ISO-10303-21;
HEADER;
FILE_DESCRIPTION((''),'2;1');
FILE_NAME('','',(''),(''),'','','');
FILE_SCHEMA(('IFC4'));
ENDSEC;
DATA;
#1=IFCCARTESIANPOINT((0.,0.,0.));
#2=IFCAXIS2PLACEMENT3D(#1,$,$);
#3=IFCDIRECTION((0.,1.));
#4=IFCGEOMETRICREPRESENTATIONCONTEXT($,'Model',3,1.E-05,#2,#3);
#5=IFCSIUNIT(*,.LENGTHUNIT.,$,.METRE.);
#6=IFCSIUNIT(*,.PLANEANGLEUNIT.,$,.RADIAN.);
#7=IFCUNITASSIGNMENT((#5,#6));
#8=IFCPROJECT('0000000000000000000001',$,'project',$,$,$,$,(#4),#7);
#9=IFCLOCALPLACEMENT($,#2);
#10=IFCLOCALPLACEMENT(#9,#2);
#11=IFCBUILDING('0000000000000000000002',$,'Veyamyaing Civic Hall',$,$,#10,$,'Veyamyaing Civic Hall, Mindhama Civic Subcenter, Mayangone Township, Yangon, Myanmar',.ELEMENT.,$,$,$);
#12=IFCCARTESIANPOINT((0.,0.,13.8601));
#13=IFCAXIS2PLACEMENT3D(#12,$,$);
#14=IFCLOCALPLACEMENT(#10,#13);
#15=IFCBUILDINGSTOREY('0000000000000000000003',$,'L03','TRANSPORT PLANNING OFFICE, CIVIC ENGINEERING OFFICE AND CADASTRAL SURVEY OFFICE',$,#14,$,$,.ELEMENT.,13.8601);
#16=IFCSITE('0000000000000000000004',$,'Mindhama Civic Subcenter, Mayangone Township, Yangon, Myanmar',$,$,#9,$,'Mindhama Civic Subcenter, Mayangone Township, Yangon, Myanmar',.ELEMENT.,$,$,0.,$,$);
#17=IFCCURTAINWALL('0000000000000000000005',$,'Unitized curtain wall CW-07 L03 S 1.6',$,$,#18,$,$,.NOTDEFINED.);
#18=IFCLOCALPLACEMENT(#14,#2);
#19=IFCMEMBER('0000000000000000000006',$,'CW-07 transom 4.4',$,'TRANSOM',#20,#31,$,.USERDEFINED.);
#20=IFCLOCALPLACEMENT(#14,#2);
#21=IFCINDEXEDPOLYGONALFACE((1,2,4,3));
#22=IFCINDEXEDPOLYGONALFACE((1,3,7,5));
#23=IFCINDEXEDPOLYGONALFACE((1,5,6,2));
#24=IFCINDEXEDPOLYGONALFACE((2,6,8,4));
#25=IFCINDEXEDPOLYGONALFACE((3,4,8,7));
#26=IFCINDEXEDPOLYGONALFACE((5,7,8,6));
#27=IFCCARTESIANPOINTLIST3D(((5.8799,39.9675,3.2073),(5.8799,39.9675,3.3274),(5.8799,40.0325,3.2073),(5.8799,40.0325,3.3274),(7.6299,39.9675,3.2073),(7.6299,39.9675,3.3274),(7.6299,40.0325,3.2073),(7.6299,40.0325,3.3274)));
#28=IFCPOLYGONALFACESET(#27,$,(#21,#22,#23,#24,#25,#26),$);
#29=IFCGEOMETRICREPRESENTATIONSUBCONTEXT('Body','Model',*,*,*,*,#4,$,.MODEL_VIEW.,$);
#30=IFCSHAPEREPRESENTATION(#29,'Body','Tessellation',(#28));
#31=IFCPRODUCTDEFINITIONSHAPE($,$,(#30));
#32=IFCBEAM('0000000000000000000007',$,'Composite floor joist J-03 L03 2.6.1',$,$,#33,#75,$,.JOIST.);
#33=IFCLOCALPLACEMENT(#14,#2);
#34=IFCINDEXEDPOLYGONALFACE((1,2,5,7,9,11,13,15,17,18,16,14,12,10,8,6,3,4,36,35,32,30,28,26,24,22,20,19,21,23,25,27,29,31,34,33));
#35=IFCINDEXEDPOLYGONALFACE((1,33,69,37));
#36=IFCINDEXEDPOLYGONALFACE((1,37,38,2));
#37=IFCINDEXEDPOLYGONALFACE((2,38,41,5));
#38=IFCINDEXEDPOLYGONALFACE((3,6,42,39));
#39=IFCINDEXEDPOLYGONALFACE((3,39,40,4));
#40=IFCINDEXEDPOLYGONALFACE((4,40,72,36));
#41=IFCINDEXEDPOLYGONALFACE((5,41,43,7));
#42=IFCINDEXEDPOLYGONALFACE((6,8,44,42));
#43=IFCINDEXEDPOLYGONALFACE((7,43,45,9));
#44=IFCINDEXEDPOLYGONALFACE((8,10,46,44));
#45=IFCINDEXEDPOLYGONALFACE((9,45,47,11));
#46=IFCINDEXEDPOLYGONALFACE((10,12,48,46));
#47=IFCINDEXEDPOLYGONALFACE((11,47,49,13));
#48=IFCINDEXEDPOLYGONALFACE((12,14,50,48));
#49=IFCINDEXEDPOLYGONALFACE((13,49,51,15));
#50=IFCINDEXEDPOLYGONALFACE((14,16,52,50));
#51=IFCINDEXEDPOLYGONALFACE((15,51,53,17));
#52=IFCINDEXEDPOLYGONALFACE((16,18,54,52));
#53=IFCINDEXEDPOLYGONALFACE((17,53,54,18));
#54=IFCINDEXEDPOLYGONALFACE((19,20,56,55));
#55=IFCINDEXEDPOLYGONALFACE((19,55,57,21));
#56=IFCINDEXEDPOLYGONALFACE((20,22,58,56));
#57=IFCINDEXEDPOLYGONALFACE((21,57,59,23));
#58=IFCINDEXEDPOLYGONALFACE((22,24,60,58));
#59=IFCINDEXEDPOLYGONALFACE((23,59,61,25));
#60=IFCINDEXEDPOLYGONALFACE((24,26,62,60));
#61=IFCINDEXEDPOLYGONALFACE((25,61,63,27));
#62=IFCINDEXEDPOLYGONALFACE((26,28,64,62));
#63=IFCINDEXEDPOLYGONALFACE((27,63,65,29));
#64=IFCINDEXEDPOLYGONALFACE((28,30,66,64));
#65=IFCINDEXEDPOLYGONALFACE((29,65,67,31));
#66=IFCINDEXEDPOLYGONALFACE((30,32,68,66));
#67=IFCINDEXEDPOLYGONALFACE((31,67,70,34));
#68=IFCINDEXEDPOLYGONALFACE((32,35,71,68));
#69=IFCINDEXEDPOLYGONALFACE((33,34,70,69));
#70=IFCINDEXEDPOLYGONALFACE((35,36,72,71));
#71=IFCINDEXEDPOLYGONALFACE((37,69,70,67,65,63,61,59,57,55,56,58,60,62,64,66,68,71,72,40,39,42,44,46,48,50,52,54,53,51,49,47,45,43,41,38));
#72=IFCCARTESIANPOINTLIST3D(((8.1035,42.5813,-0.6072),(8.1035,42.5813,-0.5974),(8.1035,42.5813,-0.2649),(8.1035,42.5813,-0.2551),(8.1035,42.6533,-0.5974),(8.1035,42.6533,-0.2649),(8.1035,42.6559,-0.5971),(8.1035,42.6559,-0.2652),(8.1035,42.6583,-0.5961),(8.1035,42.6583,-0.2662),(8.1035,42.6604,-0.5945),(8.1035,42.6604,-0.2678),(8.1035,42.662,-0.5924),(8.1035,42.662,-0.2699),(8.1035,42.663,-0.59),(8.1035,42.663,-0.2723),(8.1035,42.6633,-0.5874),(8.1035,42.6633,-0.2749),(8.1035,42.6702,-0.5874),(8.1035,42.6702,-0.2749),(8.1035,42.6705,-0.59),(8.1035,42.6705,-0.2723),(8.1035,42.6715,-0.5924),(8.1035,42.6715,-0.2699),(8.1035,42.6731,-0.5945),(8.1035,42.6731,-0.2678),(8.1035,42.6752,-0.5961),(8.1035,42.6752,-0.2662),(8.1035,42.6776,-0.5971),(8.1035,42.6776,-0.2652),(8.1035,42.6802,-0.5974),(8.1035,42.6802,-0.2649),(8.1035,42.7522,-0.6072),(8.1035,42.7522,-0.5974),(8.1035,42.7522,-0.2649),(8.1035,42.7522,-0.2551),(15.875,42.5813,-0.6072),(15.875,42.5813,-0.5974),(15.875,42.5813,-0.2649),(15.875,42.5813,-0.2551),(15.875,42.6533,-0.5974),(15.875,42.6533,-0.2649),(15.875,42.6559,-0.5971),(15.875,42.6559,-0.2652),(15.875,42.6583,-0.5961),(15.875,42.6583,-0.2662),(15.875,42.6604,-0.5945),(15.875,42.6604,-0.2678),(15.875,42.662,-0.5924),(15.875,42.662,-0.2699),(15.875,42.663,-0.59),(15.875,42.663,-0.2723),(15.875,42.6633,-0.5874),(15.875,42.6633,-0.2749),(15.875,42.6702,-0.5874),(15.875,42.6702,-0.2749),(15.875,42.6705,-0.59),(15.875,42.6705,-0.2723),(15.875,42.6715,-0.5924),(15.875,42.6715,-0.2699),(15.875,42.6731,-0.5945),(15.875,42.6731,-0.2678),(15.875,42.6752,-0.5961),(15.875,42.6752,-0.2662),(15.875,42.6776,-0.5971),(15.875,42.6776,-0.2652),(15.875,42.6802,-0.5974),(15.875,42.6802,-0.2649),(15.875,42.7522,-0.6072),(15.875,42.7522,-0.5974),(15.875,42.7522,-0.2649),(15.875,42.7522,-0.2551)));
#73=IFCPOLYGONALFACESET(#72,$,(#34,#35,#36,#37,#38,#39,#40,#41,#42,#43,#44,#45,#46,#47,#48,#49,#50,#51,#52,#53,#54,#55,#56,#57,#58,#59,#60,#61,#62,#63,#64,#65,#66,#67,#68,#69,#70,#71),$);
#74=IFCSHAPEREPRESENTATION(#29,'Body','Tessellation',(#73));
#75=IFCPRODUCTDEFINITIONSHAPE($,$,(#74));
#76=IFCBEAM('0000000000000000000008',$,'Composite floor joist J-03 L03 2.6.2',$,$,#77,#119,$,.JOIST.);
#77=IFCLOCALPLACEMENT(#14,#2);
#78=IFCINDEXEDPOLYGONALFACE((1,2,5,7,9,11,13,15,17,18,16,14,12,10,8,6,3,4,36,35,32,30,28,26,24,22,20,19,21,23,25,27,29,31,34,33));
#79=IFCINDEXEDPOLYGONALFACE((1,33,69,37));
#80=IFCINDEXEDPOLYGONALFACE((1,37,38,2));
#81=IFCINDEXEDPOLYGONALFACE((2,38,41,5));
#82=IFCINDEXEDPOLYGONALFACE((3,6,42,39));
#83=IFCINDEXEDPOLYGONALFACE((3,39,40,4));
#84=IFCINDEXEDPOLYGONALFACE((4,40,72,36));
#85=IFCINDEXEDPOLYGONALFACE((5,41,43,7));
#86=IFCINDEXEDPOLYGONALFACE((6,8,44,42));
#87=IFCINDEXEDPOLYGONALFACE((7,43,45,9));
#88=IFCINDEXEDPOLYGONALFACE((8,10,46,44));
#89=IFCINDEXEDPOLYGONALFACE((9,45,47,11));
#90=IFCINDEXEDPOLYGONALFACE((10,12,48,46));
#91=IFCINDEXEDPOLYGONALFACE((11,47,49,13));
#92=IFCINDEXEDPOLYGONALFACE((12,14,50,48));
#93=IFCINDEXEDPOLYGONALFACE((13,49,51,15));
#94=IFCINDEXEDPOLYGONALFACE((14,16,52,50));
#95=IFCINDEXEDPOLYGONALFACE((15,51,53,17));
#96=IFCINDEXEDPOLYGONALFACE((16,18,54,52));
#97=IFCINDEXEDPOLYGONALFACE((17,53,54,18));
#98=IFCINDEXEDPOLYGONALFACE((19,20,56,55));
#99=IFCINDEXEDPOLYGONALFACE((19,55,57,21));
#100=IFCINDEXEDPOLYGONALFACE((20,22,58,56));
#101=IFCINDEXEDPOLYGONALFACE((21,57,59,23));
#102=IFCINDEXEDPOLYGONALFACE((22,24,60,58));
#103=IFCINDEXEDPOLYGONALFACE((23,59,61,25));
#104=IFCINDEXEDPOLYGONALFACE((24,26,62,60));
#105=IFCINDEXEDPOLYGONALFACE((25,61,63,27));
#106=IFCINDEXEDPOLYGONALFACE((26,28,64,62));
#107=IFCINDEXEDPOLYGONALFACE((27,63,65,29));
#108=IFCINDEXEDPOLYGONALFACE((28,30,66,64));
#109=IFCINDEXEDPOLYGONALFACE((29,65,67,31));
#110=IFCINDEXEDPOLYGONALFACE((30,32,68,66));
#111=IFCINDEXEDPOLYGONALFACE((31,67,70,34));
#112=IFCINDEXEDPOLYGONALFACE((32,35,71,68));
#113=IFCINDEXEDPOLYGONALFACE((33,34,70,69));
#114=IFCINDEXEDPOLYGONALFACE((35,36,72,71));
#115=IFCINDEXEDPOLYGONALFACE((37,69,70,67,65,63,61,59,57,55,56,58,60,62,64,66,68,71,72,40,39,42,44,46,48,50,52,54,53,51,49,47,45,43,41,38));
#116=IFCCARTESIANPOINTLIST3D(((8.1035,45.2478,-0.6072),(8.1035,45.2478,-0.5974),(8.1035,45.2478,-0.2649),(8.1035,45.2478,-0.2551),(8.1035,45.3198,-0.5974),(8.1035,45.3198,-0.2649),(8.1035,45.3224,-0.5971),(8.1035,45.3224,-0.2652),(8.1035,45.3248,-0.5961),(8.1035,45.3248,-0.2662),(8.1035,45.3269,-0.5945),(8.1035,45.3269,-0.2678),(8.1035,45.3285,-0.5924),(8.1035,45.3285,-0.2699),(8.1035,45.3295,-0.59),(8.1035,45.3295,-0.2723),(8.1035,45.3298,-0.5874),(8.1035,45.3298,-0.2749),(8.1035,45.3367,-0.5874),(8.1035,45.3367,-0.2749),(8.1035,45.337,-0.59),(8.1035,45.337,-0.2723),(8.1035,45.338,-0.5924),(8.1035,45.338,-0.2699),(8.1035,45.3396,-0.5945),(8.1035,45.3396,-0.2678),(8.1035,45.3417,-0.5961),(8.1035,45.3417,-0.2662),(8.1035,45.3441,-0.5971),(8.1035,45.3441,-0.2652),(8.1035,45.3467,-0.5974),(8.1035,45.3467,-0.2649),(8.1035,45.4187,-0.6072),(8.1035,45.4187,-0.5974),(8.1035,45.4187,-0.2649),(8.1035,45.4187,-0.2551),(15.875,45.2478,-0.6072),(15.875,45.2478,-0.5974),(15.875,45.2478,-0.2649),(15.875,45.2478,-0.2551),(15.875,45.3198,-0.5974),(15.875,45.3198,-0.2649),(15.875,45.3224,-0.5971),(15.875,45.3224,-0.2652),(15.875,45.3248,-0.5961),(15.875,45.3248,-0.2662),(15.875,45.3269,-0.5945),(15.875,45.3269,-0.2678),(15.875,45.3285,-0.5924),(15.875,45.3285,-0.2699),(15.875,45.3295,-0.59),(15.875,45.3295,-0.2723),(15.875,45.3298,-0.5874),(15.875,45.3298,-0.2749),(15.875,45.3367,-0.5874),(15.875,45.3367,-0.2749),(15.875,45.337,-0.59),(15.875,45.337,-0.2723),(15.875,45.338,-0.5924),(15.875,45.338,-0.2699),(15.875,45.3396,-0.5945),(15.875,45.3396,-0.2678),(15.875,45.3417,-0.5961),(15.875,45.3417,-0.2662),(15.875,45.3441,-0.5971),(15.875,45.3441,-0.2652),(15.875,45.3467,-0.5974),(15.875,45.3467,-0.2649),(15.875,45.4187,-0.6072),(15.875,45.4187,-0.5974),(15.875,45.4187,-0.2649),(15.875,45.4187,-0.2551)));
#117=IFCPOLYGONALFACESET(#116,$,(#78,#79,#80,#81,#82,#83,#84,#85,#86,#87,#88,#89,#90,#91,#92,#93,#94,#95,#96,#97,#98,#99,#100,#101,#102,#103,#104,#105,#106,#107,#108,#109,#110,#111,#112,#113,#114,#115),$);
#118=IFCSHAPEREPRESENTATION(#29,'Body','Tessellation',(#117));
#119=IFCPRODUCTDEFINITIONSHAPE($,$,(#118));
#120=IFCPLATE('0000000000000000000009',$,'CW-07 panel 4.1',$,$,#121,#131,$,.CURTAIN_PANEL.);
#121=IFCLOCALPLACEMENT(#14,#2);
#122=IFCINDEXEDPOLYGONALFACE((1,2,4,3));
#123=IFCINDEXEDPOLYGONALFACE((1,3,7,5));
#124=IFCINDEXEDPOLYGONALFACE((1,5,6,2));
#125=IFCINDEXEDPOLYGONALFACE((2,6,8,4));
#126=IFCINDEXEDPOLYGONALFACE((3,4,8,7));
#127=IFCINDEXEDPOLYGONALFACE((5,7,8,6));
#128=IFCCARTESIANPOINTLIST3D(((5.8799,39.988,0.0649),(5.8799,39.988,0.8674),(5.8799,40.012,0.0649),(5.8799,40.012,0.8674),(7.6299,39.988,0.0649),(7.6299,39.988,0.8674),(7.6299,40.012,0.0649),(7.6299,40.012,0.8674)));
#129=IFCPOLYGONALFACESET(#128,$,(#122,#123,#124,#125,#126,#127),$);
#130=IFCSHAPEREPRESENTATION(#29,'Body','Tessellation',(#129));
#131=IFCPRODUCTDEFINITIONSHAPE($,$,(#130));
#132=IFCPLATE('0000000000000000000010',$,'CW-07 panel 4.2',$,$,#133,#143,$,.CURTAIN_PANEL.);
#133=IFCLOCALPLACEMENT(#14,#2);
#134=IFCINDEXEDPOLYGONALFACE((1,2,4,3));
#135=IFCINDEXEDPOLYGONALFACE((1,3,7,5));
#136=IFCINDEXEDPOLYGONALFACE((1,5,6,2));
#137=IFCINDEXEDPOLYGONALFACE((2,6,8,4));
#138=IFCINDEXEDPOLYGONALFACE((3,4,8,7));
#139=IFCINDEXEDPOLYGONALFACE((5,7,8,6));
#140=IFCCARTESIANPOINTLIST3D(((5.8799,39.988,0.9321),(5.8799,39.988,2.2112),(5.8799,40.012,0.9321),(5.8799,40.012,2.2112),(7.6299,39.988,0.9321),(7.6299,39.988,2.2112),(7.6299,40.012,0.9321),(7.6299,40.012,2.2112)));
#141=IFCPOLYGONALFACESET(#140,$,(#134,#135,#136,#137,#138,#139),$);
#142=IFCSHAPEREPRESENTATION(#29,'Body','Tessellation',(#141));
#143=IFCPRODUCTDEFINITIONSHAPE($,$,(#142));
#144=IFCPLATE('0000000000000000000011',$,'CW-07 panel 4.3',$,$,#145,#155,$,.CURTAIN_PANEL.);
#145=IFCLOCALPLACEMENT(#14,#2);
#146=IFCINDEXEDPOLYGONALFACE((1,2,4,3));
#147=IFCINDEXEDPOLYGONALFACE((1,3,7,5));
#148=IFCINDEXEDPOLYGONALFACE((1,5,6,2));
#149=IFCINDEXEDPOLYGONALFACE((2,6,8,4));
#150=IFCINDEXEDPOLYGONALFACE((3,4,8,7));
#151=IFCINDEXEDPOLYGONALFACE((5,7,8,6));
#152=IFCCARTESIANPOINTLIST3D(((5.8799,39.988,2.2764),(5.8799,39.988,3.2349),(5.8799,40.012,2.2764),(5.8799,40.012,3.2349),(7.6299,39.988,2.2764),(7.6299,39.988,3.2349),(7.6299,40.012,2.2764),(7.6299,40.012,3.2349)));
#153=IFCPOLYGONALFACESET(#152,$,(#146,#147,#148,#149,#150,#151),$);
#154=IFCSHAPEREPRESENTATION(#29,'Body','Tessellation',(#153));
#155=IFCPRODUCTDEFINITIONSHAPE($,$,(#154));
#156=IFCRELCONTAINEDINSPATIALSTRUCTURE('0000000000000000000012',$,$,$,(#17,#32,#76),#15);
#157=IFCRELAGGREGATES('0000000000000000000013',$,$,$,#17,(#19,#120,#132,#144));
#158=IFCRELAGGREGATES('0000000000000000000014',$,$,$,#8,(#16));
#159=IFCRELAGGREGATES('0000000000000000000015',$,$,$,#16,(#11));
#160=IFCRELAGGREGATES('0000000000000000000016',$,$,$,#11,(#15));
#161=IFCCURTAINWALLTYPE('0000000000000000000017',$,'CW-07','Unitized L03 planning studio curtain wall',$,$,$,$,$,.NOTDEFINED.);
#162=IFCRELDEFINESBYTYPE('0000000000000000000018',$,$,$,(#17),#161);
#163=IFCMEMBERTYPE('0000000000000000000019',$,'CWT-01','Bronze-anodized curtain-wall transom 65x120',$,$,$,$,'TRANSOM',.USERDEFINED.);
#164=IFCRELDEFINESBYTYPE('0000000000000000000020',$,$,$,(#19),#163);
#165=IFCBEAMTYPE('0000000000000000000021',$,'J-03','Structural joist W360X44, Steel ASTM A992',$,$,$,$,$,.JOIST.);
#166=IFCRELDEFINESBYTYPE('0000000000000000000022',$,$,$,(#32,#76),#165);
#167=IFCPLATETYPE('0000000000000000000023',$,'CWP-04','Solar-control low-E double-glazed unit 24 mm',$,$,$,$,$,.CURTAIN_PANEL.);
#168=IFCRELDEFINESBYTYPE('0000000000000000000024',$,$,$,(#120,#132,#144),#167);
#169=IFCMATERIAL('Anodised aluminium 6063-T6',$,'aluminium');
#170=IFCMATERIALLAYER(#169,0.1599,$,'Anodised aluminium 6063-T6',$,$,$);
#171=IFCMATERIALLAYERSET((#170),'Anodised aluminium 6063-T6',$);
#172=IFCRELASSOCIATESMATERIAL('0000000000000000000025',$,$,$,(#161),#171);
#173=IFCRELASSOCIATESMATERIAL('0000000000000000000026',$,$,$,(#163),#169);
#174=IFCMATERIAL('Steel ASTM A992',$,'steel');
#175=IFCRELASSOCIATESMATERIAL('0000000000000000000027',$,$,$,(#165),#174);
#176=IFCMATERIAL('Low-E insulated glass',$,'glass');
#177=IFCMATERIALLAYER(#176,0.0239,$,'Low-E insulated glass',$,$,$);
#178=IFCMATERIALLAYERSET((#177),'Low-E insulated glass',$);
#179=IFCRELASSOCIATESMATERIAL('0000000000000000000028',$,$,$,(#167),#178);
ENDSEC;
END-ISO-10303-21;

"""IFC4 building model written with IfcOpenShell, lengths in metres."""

from ifc_helpers import new_model, si_unit, direction, frame, origin, origin_2d, place, context, subcontext, project, spatial, rectangle, i_section, extrude, material, layer, layer_set, material_profile, profile_set, type_object, element, aggregate, save


model = new_model("IFC4")

# Units and contexts
model_context = context("Model", 3, precision=1e-05, world=origin(), true_north=direction((0.0, 1.0)))
body_context = subcontext(model_context, "Body", "Model", "MODEL_VIEW")
ifc_project = project(units=[si_unit("LENGTHUNIT", "METRE"), si_unit("PLANEANGLEUNIT", "RADIAN")], contexts=[model_context])

# Site, building, storey
site_placement = place(None, origin())
site = spatial("IfcSite", under=ifc_project, at=site_placement, Name="Mindhama Civic Subcenter, Mayangone Township, Yangon, Myanmar", LongName="Mindhama Civic Subcenter, Mayangone Township, Yangon, Myanmar", CompositionType="ELEMENT", RefElevation=0.0)
building_placement = place(site_placement, origin())
building = spatial("IfcBuilding", under=site, at=building_placement, Name="Veyamyaing Civic Hall", LongName="Veyamyaing Civic Hall, Mindhama Civic Subcenter, Mayangone Township, Yangon, Myanmar", CompositionType="ELEMENT")
storey_placement = place(building_placement, frame((0.0, 0.0, 13.8601)))
storey = spatial("IfcBuildingStorey", under=building, at=storey_placement, Name="L03", Description="TRANSPORT PLANNING OFFICE, CIVIC ENGINEERING OFFICE AND CADASTRAL SURVEY OFFICE", CompositionType="ELEMENT", Elevation=13.8601)

# Shared definitions
ifc_material_1 = material(Name="Steel ASTM A992", Category="steel")

# Curtain wall, member
ifc_material_2 = material(Name="Anodised aluminium 6063-T6", Category="aluminium")
ifc_layer_1 = layer(ifc_material_2, 0.1599, Name="Anodised aluminium 6063-T6")
ifc_layer_set_1 = layer_set([ifc_layer_1], Name="Anodised aluminium 6063-T6")
curtain_wall_type = type_object("IfcCurtainWallType", Name="CW-07", Description="Unitized L03 planning studio curtain wall", PredefinedType="NOTDEFINED", material=ifc_layer_set_1)
curtain_wall_placement = place(storey_placement, origin())
curtain_wall = element("IfcCurtainWall", 1, at=curtain_wall_placement, inside=storey, type_object=curtain_wall_type, Name="Unitized curtain wall CW-07 L03 S 1.6", PredefinedType="NOTDEFINED")
ifc_material_profile_1 = material_profile(ifc_material_2, rectangle(XDim=0.0649, YDim=0.1201, at=origin_2d()), Name="ALU-TRN-65X120")
ifc_profile_set_1 = profile_set([ifc_material_profile_1], Name="Anodised aluminium 6063-T6")
member_type_1 = type_object("IfcMemberType", Name="CWT-01", Description="Bronze-anodized curtain-wall transom 65x120", ElementType="TRANSOM", PredefinedType="USERDEFINED", material=ifc_profile_set_1)
member_1_placement = place(storey_placement, frame((5.8799, 40.0, 3.2673), z_axis=(1.0, 0.0, 0.0), x_axis=(0.0, 1.0, 0.0)))
member_1 = element("IfcMember", 2, at=member_1_placement, type_object=member_type_1, Name="CW-07 transom 4.4", ObjectType="TRANSOM", PredefinedType="USERDEFINED", context=body_context, shape_type="SweptSolid", body=[
    extrude(rectangle(XDim=0.0649, YDim=0.1201, at=origin_2d()), origin(), (0.0, 0.0, 1.0), 1.75),
])

# Beams
ifc_material_profile_2 = material_profile(ifc_material_1, i_section(OverallWidth=0.1709, OverallDepth=0.3521, WebThickness=0.0068, FlangeThickness=0.0098, FilletRadius=0.01, at=origin_2d()), Name="W360X44")
ifc_profile_set_2 = profile_set([ifc_material_profile_2], Name="Steel ASTM A992")
beam_type_1 = type_object("IfcBeamType", Name="J-03", Description="Structural joist W360X44, Steel ASTM A992", PredefinedType="JOIST", material=ifc_profile_set_2)
for number, where, z_axis, x_axis, name in (
    (3, (8.1035, 42.6667, -0.4312), (1.0, 0.0, 0.0), (0.0, 1.0, 0.0), "Composite floor joist J-03 L03 2.6.1"),
    (4, (8.1035, 45.3333, -0.4312), (1.0, 0.0, 0.0), (0.0, 1.0, 0.0), "Composite floor joist J-03 L03 2.6.2"),
):
    element("IfcBeam", number, at=place(storey_placement, frame(where, z_axis=z_axis, x_axis=x_axis)), inside=storey, type_object=beam_type_1, Name=name, PredefinedType="JOIST", context=body_context, shape_type="SweptSolid", body=[
        extrude(i_section(OverallWidth=0.1709, OverallDepth=0.3521, WebThickness=0.0068, FlangeThickness=0.0098, FilletRadius=0.01, at=origin_2d()), origin(), (0.0, 0.0, 1.0), 7.7715),
    ])

# Plates
ifc_material_3 = material(Name="Low-E insulated glass", Category="glass")
ifc_layer_2 = layer(ifc_material_3, 0.0239, Name="Low-E insulated glass")
ifc_layer_set_2 = layer_set([ifc_layer_2], Name="Low-E insulated glass")
plate_type = type_object("IfcPlateType", Name="CWP-04", Description="Solar-control low-E double-glazed unit 24 mm", PredefinedType="CURTAIN_PANEL", material=ifc_layer_set_2)
plate_1_placement = place(storey_placement, frame((6.7549, 40.0, 0.0649), z_axis=(0.0, 0.0, 1.0), x_axis=(1.0, 0.0, 0.0)))
plate_1 = element("IfcPlate", 5, at=plate_1_placement, type_object=plate_type, Name="CW-07 panel 4.1", PredefinedType="CURTAIN_PANEL", context=body_context, shape_type="SweptSolid", body=[
    extrude(rectangle(XDim=1.75, YDim=0.0239, at=origin_2d()), origin(), (0.0, 0.0, 1.0), 0.8025),
])
plate_2_placement = place(storey_placement, frame((6.7549, 40.0, 0.9321), z_axis=(0.0, 0.0, 1.0), x_axis=(1.0, 0.0, 0.0)))
plate_2 = element("IfcPlate", 6, at=plate_2_placement, type_object=plate_type, Name="CW-07 panel 4.2", PredefinedType="CURTAIN_PANEL", context=body_context, shape_type="SweptSolid", body=[
    extrude(rectangle(XDim=1.75, YDim=0.0239, at=origin_2d()), origin(), (0.0, 0.0, 1.0), 1.2791),
])
plate_3_placement = place(storey_placement, frame((6.7549, 40.0, 2.2764), z_axis=(0.0, 0.0, 1.0), x_axis=(1.0, 0.0, 0.0)))
plate_3 = element("IfcPlate", 7, at=plate_3_placement, type_object=plate_type, Name="CW-07 panel 4.3", PredefinedType="CURTAIN_PANEL", context=body_context, shape_type="SweptSolid", body=[
    extrude(rectangle(XDim=1.75, YDim=0.0239, at=origin_2d()), origin(), (0.0, 0.0, 1.0), 0.9585),
])
aggregate(curtain_wall, [member_1, plate_1, plate_2, plate_3])

save(model, "model.ifc")
